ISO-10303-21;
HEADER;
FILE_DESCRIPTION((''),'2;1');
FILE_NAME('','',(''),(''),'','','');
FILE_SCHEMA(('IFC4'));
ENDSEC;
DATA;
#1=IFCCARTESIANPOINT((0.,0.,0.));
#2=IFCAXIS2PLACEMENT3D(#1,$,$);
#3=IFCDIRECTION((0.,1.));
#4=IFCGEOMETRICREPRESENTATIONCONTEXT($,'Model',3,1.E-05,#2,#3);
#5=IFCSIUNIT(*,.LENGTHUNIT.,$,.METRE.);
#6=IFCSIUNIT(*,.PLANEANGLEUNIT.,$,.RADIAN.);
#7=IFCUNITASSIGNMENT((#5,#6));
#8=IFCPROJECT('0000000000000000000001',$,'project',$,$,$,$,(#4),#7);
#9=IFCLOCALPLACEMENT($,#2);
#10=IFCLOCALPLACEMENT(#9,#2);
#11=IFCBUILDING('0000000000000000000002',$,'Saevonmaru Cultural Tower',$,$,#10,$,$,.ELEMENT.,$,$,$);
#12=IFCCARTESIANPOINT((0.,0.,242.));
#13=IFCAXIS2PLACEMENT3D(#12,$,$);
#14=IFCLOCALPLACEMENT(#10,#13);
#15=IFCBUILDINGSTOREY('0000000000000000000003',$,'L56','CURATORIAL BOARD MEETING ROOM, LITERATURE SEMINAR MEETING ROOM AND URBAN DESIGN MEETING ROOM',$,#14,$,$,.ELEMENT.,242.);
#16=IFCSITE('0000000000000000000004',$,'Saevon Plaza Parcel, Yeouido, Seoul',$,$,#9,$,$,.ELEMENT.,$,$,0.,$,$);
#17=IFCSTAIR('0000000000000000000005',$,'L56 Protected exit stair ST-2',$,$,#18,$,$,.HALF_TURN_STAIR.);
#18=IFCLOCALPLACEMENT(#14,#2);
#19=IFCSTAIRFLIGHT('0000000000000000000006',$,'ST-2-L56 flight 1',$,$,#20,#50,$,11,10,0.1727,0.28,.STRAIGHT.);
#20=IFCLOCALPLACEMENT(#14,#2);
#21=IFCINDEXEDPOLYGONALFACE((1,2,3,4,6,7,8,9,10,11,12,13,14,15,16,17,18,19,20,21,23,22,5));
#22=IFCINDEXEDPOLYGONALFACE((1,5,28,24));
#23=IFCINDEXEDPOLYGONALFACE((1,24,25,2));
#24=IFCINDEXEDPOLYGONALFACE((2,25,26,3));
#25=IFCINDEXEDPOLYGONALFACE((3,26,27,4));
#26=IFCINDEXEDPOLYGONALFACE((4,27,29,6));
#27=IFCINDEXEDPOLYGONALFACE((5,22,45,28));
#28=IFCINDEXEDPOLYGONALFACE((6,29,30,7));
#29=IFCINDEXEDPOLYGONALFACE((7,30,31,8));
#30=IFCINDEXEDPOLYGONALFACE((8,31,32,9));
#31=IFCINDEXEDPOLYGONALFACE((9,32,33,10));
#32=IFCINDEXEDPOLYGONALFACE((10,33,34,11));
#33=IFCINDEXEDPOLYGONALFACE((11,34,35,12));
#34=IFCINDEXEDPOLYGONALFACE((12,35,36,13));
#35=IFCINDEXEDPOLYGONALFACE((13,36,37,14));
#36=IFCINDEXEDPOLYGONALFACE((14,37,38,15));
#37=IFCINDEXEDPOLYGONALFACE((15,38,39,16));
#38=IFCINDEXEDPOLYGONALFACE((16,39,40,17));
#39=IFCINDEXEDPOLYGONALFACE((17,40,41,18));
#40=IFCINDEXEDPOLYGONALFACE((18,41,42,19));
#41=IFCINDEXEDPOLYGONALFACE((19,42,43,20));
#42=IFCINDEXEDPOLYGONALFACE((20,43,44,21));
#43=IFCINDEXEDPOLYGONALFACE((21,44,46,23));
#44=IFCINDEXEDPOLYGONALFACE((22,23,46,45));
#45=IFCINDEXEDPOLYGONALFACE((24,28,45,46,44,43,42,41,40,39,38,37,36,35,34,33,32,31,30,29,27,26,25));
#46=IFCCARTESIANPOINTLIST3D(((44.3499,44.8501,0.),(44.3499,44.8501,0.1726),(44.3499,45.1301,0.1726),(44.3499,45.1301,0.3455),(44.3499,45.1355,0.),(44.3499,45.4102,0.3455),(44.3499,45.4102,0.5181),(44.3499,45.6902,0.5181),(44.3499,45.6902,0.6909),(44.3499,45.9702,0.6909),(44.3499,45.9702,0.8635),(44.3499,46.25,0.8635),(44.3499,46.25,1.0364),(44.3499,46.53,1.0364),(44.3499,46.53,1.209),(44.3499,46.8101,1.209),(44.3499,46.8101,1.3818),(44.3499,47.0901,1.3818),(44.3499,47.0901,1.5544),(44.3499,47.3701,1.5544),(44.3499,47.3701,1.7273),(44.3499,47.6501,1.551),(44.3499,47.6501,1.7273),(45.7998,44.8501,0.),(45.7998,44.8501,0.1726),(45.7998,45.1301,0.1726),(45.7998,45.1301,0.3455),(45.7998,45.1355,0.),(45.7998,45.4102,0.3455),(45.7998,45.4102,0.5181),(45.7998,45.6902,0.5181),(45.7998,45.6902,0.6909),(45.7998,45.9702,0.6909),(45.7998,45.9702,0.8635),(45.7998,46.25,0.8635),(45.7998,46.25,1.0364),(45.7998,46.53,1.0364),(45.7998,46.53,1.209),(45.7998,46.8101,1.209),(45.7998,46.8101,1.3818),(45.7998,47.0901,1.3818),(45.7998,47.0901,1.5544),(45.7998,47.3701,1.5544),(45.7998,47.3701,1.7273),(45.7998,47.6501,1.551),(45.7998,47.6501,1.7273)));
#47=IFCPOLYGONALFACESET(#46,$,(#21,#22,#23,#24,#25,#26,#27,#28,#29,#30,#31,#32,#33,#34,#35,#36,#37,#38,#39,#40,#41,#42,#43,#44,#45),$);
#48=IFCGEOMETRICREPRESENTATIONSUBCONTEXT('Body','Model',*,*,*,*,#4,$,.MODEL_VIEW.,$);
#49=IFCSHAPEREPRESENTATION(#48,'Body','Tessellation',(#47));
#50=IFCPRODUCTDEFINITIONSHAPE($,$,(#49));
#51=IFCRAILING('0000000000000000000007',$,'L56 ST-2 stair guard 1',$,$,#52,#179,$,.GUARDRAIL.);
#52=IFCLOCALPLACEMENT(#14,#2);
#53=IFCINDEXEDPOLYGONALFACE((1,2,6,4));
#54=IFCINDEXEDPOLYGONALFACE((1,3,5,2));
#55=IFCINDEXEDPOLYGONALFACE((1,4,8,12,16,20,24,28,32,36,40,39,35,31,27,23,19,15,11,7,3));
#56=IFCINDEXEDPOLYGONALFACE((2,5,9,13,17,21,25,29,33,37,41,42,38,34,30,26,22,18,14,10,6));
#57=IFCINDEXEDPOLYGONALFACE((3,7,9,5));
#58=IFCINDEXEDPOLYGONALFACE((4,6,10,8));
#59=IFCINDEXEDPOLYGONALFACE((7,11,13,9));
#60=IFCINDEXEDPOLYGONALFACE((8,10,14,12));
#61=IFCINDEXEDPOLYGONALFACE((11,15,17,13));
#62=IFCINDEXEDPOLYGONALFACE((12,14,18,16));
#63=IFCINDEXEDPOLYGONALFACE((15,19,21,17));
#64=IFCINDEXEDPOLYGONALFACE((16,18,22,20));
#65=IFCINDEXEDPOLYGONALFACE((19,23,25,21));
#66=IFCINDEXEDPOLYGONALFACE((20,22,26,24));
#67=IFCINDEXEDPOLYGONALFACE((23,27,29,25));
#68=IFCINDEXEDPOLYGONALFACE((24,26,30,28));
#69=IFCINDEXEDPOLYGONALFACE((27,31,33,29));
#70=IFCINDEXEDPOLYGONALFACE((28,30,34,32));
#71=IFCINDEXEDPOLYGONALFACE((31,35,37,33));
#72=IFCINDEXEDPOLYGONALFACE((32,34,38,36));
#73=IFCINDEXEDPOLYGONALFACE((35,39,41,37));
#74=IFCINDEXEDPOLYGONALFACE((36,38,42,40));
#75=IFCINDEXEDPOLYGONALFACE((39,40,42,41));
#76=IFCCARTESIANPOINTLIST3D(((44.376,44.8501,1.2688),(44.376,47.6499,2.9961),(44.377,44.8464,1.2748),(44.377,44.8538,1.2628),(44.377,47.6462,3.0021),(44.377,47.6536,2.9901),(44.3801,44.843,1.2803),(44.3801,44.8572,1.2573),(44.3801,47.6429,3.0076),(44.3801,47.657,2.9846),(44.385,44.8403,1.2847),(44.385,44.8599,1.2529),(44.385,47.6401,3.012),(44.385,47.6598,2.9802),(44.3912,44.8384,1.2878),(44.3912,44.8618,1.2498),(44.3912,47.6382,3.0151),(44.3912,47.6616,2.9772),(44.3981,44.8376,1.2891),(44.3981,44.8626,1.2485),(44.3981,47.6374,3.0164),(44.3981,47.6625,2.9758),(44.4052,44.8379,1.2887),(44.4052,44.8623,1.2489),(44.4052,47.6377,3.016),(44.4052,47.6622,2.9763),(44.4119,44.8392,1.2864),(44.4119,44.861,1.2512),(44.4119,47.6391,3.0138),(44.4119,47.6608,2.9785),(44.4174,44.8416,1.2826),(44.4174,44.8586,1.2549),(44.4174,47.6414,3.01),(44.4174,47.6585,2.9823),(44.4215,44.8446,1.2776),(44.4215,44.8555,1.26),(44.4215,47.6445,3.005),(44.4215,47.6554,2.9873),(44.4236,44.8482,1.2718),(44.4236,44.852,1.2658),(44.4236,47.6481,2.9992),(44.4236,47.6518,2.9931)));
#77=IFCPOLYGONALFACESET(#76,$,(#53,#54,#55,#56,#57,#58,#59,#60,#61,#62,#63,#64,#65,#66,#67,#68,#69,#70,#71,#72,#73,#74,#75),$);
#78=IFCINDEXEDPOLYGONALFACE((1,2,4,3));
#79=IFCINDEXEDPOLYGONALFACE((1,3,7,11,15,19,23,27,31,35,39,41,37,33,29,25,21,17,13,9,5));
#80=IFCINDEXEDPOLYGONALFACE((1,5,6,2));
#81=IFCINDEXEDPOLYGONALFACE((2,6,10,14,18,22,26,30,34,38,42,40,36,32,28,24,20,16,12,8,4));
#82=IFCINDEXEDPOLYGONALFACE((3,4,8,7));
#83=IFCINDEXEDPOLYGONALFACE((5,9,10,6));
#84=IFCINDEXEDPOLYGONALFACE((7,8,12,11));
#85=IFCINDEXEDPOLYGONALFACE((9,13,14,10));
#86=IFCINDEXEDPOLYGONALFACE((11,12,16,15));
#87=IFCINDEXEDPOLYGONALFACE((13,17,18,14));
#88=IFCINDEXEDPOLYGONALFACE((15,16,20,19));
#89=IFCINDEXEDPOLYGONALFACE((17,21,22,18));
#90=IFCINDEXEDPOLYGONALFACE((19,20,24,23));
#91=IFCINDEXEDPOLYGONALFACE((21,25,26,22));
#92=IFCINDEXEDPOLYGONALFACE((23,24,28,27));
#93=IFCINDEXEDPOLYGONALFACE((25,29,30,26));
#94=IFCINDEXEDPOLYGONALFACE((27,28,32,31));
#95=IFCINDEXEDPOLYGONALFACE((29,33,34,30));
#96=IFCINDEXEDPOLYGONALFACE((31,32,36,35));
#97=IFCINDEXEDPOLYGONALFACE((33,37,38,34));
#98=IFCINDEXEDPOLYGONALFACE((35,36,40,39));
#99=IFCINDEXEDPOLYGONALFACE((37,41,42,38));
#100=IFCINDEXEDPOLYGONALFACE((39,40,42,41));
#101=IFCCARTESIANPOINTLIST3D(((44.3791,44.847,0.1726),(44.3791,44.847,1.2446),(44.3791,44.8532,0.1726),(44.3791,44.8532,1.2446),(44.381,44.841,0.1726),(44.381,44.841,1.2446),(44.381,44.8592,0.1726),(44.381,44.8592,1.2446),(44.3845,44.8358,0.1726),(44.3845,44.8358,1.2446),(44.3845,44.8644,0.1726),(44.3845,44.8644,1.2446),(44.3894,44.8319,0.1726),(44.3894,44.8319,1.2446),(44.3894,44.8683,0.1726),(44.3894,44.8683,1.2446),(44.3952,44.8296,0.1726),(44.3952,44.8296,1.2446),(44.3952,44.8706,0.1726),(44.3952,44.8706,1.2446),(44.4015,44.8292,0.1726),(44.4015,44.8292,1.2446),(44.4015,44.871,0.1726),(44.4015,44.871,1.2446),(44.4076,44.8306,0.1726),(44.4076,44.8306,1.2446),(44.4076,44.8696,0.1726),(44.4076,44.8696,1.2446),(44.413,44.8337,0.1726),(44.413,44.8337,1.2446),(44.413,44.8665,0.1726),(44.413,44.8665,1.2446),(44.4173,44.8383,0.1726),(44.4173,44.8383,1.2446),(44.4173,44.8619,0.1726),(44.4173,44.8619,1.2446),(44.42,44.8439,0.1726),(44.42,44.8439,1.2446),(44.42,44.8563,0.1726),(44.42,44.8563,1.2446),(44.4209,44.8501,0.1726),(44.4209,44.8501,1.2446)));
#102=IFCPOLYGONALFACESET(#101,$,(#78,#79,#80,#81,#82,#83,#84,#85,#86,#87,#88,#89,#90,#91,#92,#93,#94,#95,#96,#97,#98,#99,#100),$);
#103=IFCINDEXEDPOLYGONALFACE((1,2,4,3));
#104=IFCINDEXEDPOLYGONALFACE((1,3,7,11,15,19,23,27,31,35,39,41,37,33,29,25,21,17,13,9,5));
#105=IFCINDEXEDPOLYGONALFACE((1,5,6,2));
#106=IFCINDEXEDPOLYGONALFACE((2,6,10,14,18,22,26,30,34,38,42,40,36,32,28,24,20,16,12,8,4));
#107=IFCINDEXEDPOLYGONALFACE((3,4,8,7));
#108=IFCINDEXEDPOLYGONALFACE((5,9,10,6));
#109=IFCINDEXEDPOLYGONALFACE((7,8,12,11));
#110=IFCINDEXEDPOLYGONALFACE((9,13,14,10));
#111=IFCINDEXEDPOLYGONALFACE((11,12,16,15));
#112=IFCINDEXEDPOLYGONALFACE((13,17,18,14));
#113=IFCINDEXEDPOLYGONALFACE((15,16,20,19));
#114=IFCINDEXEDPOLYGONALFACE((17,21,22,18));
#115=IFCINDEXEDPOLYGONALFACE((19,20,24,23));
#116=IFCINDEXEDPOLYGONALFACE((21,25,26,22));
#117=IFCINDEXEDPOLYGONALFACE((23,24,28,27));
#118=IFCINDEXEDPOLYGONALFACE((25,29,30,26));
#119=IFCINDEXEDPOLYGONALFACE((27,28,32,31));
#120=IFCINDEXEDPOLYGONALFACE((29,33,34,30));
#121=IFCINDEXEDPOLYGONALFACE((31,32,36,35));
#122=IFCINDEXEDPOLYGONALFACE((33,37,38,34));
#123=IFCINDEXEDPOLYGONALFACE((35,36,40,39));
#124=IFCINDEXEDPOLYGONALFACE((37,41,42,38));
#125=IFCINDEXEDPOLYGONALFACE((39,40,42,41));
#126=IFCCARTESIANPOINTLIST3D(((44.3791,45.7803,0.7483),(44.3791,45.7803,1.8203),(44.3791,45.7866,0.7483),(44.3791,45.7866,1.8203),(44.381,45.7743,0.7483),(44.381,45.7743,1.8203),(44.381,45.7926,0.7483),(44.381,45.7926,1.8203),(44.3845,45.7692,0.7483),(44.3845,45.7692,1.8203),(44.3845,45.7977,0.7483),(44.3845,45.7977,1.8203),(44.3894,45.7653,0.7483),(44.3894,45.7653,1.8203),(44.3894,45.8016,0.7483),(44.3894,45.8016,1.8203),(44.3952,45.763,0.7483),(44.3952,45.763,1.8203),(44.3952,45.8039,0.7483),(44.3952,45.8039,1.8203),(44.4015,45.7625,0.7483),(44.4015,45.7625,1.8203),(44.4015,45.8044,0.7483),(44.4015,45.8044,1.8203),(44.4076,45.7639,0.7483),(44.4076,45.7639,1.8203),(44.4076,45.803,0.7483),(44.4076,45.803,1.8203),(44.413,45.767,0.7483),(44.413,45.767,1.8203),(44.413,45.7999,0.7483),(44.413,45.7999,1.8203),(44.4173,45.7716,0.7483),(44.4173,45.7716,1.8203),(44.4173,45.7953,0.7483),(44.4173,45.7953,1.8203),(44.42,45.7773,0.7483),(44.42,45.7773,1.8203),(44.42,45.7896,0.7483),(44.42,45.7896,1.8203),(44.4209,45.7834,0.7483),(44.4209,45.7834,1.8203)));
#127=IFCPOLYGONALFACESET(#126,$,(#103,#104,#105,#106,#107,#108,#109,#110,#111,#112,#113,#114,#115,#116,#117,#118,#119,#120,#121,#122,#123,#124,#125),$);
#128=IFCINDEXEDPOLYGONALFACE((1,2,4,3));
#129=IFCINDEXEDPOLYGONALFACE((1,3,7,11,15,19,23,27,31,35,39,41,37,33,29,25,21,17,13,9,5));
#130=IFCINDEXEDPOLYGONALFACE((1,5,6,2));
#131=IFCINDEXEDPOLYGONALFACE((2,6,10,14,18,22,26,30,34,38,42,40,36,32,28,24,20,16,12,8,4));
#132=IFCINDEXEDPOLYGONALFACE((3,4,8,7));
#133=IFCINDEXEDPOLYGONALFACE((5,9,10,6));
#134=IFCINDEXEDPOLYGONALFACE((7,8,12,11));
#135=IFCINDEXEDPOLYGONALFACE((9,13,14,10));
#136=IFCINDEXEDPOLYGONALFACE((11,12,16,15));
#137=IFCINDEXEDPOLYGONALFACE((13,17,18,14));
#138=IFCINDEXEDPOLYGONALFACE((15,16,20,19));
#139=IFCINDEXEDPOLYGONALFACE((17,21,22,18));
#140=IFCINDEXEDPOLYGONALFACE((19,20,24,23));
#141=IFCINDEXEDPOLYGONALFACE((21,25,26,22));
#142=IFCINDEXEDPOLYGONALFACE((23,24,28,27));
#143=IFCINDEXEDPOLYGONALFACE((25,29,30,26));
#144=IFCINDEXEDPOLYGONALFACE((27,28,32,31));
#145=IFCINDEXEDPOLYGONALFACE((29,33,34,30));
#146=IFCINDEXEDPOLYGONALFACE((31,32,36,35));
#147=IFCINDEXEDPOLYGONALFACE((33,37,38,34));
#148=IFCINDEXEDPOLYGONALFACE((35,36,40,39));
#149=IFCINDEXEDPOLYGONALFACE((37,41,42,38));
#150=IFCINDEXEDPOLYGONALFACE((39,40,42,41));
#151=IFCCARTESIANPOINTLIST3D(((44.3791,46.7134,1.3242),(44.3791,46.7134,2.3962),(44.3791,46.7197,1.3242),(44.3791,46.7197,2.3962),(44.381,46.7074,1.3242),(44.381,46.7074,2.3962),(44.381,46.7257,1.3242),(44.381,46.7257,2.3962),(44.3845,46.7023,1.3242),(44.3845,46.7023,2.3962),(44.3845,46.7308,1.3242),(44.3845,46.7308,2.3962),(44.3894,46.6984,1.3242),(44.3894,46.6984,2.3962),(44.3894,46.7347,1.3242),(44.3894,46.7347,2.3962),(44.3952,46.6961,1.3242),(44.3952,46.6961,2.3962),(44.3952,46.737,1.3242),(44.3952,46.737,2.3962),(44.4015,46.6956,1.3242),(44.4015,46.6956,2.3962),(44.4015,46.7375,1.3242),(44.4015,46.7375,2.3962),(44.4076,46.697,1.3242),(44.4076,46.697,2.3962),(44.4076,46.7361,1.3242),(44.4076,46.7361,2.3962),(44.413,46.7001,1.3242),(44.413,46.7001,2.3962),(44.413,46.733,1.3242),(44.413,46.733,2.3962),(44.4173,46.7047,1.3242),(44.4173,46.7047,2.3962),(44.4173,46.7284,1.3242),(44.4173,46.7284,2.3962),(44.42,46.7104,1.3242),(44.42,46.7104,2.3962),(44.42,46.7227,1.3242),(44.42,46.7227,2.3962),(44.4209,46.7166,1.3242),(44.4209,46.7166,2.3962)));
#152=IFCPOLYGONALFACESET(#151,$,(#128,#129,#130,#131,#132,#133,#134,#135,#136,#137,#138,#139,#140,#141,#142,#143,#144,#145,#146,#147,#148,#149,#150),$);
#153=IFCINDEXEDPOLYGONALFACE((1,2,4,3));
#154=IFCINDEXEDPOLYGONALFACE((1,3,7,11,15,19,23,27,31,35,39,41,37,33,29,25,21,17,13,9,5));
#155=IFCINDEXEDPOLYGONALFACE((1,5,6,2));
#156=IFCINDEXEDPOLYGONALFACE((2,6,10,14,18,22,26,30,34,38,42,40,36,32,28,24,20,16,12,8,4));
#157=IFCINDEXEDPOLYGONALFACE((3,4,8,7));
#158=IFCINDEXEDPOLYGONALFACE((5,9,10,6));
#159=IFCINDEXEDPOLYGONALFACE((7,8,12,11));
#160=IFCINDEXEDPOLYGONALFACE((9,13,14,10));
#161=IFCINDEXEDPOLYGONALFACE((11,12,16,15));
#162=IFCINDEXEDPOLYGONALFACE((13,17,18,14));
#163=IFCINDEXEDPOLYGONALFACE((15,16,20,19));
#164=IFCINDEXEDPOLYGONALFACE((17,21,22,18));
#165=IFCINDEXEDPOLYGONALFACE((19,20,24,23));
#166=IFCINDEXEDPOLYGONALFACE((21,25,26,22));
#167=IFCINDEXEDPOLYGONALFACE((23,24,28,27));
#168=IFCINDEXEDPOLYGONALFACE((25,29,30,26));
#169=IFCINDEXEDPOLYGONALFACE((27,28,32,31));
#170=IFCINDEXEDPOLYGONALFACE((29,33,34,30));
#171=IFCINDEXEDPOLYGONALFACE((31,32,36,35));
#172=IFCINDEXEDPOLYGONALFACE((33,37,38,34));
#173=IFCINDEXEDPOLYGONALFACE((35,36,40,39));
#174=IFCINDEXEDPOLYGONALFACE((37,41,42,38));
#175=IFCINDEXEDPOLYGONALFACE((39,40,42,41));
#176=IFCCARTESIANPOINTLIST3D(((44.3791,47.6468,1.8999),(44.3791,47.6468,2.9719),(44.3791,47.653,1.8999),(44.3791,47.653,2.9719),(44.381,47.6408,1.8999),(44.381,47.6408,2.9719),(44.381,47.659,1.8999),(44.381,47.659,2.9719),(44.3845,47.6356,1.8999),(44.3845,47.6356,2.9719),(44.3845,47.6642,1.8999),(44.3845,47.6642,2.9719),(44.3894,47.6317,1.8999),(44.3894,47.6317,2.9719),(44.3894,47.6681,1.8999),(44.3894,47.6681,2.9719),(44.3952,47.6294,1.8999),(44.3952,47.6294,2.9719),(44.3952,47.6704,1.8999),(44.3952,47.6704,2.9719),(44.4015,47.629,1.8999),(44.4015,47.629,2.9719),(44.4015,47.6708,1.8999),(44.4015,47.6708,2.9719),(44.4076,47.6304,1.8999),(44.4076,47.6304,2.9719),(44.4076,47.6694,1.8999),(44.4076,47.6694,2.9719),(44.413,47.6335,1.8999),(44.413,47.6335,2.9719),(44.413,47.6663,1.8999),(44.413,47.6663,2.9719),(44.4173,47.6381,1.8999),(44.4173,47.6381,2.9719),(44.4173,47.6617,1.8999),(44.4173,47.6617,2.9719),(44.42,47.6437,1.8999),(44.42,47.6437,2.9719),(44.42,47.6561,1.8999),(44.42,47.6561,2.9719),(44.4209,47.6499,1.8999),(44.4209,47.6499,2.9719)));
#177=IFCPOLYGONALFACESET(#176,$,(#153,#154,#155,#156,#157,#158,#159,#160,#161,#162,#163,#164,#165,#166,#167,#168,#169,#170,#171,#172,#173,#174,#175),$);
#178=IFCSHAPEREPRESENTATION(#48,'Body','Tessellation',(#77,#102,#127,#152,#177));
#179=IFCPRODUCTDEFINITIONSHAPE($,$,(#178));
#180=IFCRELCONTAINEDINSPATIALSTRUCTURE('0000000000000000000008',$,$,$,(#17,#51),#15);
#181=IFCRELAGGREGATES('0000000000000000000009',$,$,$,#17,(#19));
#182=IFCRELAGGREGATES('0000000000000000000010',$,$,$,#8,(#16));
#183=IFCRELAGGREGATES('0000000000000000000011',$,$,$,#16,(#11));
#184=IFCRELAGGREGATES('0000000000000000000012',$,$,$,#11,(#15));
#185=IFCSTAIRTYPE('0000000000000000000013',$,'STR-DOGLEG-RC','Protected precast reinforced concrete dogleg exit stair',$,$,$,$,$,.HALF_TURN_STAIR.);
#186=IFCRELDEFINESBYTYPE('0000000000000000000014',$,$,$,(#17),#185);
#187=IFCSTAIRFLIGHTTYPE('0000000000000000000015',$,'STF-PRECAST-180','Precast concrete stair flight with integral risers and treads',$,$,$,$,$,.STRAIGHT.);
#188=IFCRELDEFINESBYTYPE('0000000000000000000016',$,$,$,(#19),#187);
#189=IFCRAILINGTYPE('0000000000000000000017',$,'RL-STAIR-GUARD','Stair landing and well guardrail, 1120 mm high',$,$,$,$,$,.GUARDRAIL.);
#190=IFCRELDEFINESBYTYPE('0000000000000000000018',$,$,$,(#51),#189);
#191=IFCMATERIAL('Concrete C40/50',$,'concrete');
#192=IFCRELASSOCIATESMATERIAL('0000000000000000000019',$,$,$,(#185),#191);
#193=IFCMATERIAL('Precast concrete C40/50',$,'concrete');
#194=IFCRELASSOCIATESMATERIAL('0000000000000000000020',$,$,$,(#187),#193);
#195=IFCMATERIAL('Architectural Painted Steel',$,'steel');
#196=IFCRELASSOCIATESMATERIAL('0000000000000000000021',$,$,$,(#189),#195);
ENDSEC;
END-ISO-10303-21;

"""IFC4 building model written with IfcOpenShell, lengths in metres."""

from ifc_helpers import new_model, si_unit, direction, frame, origin, origin_2d, place, context, subcontext, project, spatial, polyline, circle, outline, extrude, material, type_object, element, aggregate, save


model = new_model("IFC4")

# Units and contexts
model_context = context("Model", 3, precision=1e-05, world=origin(), true_north=direction((0.0, 1.0)))
body_context = subcontext(model_context, "Body", "Model", "MODEL_VIEW")
ifc_project = project(units=[si_unit("LENGTHUNIT", "METRE"), si_unit("PLANEANGLEUNIT", "RADIAN")], contexts=[model_context])

# Site, building, storey
site_placement = place(None, origin())
site = spatial("IfcSite", under=ifc_project, at=site_placement, Name="Saevon Plaza Parcel, Yeouido, Seoul", CompositionType="ELEMENT", RefElevation=0.0)
building_placement = place(site_placement, origin())
building = spatial("IfcBuilding", under=site, at=building_placement, Name="Saevonmaru Cultural Tower", CompositionType="ELEMENT")
storey_placement = place(building_placement, frame((0.0, 0.0, 242.0)))
storey = spatial("IfcBuildingStorey", under=building, at=storey_placement, Name="L56", Description="CURATORIAL BOARD MEETING ROOM, LITERATURE SEMINAR MEETING ROOM AND URBAN DESIGN MEETING ROOM", CompositionType="ELEMENT", Elevation=242.0)

# Stair, stair flight
ifc_material_1 = material(Name="Concrete C40/50", Category="concrete")
stair_type = type_object("IfcStairType", Name="STR-DOGLEG-RC", Description="Protected precast reinforced concrete dogleg exit stair", PredefinedType="HALF_TURN_STAIR", material=ifc_material_1)
stair_placement = place(storey_placement, origin())
stair = element("IfcStair", 1, at=stair_placement, inside=storey, type_object=stair_type, Name="L56 Protected exit stair ST-2", PredefinedType="HALF_TURN_STAIR")
ifc_material_2 = material(Name="Precast concrete C40/50", Category="concrete")
stair_flight_type = type_object("IfcStairFlightType", Name="STF-PRECAST-180", Description="Precast concrete stair flight with integral risers and treads", PredefinedType="STRAIGHT", material=ifc_material_2)
stair_flight_placement = place(storey_placement, frame((45.075, 44.8501, 0.0), z_axis=(0.0, 0.0, 1.0), x_axis=(0.0, 1.0, 0.0)))
stair_flight = element("IfcStairFlight", 2, at=stair_flight_placement, type_object=stair_flight_type, Name="ST-2-L56 flight 1", NumberOfRisers=11, NumberOfTreads=10, PredefinedType="STRAIGHT", RiserHeight=0.1727, TreadLength=0.28, context=body_context, shape_type="SweptSolid", body=[
    extrude(outline(polyline([(0.0, 0.0), (0.0, 0.1726), (0.28, 0.1726), (0.28, 0.3455), (0.5601, 0.3455), (0.5601, 0.5181), (0.8401, 0.5181), (0.8401, 0.6909), (1.1201, 0.6909), (1.1201, 0.8635), (1.3999, 0.8635), (1.3999, 1.0364), (1.6799, 1.0364), (1.6799, 1.209), (1.96, 1.209), (1.96, 1.3818), (2.24, 1.3818), (2.24, 1.5544), (2.52, 1.5544), (2.52, 1.7273), (2.8, 1.7273), (2.8, 1.8999), (2.8, 1.551), (0.2854, 0.0), (0.0, 0.0)])), frame((0.0, 0.7251, 0.0), z_axis=(0.0, -1.0, 0.0), x_axis=(1.0, 0.0, 0.0)), (0.0, 0.0, 1.0), 1.45),
])
aggregate(stair, [stair_flight])

# Railing
ifc_material_3 = material(Name="Architectural Painted Steel", Category="steel")
railing_type_1 = type_object("IfcRailingType", Name="RL-STAIR-GUARD", Description="Stair landing and well guardrail, 1120 mm high", PredefinedType="GUARDRAIL", material=ifc_material_3)
railing_1_placement = place(storey_placement, frame((44.3999, 44.8501, 0.1726)))
element("IfcRailing", 3, at=railing_1_placement, inside=storey, type_object=railing_type_1, Name="L56 ST-2 stair guard 1", PredefinedType="GUARDRAIL", context=body_context, shape_type="SweptSolid", body=[
    extrude(circle(Radius=0.0239, at=origin_2d()), frame((0.0, 0.0, 1.0962), z_axis=(0.0, 0.851069, 0.525054), x_axis=(-1.0, 0.0, 0.0)), (0.0, 0.0, 1.0), 3.2898),
    extrude(circle(Radius=0.021, at=origin_2d()), origin(), (0.0, 0.0, 1.0), 1.072),
    extrude(circle(Radius=0.021, at=origin_2d()), frame((0.0, 0.9333, 0.5757)), (0.0, 0.0, 1.0), 1.072),
    extrude(circle(Radius=0.021, at=origin_2d()), frame((0.0, 1.8665, 1.1516)), (0.0, 0.0, 1.0), 1.072),
    extrude(circle(Radius=0.021, at=origin_2d()), frame((0.0, 2.7998, 1.7273)), (0.0, 0.0, 1.0), 1.072),
])

save(model, "model.ifc")
